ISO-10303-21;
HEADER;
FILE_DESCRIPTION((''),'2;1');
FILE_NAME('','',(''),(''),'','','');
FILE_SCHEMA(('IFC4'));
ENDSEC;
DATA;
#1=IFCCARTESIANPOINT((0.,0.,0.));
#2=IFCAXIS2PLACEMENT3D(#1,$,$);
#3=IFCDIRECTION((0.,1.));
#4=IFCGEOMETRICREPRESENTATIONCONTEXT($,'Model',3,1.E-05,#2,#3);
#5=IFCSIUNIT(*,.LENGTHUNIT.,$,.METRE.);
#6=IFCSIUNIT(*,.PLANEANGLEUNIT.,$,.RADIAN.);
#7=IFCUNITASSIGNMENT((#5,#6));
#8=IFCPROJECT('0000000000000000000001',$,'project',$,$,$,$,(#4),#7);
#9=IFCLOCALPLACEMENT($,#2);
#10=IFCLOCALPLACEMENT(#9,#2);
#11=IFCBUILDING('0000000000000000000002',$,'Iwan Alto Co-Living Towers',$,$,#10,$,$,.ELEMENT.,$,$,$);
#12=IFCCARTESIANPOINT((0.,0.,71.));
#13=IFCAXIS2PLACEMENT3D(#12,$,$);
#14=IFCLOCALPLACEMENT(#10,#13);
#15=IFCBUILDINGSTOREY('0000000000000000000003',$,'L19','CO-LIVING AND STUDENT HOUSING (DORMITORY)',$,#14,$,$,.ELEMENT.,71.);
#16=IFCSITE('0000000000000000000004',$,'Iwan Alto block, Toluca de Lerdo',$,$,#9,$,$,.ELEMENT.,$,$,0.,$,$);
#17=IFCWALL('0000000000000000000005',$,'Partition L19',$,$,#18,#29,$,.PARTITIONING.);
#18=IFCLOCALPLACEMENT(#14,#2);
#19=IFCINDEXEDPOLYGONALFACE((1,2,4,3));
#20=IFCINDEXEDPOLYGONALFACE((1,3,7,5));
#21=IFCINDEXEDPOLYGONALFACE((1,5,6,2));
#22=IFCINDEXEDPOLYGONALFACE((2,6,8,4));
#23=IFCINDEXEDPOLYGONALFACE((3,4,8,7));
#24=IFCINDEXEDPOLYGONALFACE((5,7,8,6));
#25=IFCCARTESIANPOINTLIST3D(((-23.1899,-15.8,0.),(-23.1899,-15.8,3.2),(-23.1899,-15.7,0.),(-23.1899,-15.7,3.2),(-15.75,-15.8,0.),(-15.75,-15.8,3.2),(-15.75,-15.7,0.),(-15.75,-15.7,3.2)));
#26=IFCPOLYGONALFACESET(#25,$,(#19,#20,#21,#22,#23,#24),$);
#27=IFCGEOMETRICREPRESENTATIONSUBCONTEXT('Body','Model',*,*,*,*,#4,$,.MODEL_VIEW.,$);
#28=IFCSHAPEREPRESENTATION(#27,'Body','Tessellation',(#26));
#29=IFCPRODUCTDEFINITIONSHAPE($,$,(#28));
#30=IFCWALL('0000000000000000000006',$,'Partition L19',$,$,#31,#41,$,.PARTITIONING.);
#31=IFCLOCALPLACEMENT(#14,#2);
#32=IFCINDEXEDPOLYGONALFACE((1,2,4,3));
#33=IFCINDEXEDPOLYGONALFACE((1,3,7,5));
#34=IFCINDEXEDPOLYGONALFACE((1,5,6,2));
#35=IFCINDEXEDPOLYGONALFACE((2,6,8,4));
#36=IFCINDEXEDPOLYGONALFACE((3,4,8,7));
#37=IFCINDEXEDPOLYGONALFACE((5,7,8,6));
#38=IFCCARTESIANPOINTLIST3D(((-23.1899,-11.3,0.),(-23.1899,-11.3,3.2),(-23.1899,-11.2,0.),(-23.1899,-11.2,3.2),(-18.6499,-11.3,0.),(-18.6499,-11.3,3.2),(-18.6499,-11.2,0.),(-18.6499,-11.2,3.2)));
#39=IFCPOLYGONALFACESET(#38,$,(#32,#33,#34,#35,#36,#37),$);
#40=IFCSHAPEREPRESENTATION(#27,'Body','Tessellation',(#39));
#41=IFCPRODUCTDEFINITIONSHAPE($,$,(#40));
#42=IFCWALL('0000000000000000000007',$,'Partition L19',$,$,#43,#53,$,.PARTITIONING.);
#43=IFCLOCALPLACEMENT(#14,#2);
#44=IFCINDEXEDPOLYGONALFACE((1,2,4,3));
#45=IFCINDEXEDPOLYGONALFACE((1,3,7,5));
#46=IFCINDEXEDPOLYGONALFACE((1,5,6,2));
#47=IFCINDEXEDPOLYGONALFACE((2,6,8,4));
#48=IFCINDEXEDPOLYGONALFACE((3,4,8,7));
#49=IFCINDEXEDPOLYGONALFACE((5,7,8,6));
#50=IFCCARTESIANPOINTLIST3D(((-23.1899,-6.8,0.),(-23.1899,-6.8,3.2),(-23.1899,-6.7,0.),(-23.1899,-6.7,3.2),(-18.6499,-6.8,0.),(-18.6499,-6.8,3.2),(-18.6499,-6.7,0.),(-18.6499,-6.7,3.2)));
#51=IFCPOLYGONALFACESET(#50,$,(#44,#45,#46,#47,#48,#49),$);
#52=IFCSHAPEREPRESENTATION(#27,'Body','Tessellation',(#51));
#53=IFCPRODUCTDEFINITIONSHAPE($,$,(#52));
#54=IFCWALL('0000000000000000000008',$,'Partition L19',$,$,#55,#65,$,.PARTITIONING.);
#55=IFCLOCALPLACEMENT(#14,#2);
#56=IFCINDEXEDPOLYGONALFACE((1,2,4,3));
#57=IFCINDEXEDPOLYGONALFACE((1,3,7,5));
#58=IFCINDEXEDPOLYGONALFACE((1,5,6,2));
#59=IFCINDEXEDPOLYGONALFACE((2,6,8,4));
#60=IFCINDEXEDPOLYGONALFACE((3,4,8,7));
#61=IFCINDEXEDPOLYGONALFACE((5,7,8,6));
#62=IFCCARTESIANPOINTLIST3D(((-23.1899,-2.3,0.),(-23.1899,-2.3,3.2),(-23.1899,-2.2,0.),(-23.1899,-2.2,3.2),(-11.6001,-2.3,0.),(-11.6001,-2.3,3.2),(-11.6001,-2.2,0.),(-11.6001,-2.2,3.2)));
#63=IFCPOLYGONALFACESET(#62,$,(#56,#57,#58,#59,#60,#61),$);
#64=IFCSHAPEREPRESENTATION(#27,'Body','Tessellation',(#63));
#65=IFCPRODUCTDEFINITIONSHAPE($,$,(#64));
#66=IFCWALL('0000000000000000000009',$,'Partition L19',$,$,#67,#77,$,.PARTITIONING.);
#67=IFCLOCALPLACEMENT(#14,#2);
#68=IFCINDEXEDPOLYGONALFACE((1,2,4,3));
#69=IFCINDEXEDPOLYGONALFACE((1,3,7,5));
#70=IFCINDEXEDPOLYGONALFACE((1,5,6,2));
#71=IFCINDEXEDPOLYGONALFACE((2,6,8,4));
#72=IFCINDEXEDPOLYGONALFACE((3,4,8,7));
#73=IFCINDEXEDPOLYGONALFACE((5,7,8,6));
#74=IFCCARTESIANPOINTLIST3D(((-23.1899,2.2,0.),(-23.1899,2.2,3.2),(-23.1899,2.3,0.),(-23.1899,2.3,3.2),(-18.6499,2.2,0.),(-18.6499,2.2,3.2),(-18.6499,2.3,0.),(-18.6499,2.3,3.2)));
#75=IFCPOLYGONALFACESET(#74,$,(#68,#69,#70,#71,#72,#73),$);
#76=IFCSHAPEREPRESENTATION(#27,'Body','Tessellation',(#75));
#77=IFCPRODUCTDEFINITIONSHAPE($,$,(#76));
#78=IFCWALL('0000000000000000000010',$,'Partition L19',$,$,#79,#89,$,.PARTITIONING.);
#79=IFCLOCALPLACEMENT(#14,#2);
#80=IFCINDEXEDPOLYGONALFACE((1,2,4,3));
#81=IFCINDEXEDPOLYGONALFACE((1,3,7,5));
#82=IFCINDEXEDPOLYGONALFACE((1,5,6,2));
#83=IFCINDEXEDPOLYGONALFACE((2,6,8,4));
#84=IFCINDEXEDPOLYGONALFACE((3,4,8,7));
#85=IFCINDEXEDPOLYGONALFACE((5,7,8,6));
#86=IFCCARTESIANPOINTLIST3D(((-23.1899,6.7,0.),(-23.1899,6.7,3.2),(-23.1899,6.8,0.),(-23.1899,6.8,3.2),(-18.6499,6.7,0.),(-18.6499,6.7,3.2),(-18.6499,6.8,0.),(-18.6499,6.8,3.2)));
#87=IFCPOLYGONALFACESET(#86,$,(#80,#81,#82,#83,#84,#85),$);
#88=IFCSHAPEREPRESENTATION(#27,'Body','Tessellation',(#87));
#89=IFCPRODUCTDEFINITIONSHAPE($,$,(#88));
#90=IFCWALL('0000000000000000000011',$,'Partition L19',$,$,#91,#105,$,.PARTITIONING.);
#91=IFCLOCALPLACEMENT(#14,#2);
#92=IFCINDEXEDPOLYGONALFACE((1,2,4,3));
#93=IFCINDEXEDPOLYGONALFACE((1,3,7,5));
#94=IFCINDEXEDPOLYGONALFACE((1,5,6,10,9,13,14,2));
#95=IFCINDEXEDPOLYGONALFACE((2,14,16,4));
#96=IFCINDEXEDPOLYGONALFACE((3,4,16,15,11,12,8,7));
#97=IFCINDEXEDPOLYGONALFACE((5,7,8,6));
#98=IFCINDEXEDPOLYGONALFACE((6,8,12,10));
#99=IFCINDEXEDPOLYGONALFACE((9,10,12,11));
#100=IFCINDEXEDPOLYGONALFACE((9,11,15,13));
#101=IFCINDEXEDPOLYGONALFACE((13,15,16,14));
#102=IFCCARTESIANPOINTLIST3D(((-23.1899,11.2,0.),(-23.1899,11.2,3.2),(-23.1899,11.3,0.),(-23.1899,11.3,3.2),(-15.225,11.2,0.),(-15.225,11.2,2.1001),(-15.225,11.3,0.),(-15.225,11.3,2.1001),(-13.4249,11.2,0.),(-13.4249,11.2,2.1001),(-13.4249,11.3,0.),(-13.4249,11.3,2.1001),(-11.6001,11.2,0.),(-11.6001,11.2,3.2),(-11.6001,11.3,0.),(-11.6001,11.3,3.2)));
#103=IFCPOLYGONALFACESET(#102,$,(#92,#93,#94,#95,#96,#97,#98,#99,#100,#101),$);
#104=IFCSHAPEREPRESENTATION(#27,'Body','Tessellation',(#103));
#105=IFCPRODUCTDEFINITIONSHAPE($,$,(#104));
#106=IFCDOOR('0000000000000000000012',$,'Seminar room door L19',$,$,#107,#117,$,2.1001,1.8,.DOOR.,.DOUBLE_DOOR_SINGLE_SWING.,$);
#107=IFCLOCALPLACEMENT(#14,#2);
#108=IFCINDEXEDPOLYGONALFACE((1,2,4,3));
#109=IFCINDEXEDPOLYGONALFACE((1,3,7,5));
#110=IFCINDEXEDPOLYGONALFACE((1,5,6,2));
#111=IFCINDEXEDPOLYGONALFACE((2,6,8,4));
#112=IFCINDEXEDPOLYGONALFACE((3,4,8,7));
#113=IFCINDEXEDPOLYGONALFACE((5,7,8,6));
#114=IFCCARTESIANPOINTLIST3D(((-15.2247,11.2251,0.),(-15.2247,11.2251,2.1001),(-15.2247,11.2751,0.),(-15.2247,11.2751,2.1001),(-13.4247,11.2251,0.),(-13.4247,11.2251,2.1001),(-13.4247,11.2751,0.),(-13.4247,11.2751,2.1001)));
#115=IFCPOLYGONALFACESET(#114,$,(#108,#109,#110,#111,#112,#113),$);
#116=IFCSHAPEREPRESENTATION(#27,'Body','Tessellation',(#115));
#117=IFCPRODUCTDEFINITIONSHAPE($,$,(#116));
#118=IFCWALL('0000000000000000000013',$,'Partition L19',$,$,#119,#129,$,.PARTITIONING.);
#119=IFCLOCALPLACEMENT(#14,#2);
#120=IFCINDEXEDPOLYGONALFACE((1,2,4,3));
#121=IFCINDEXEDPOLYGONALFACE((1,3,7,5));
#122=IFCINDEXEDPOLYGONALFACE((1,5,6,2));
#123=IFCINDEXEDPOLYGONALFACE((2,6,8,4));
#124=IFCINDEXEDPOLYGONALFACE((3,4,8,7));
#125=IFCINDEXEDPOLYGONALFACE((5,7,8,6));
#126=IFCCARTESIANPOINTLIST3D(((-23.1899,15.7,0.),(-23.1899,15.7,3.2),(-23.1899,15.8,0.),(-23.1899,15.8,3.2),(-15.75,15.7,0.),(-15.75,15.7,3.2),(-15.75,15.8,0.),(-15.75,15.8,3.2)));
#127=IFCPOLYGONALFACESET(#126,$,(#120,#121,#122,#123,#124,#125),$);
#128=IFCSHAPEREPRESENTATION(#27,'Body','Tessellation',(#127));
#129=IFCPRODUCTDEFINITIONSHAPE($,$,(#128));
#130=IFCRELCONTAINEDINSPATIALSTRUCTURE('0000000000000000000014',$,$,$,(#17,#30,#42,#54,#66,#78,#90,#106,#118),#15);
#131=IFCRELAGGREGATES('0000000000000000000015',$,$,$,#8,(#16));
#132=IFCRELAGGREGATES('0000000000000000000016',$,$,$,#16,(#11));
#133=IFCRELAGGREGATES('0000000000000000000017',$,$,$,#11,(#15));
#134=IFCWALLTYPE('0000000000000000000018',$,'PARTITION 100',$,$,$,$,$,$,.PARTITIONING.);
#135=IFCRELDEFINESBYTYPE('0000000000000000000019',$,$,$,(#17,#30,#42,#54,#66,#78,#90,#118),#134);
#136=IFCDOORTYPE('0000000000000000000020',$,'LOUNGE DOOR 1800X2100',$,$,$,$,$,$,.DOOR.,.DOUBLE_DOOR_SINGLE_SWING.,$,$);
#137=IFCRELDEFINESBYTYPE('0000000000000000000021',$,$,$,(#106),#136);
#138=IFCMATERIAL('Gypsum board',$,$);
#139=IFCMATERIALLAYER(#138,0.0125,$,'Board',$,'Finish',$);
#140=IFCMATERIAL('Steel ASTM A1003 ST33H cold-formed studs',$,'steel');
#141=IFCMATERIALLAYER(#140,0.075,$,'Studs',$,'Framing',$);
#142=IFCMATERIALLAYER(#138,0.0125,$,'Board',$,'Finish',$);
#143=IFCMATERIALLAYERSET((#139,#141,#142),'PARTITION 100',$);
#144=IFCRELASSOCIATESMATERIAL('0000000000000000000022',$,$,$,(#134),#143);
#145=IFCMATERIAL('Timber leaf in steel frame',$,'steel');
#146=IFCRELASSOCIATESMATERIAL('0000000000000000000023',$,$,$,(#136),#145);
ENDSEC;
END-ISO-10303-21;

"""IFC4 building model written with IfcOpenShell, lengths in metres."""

from ifc_helpers import new_model, si_unit, direction, frame, frame_2d, origin, place, context, subcontext, project, spatial, rectangle, extrude, material, layer, layer_set, type_object, element, fill, save


model = new_model("IFC4")

# Units and contexts
model_context = context("Model", 3, precision=1e-05, world=origin(), true_north=direction((0.0, 1.0)))
body_context = subcontext(model_context, "Body", "Model", "MODEL_VIEW")
ifc_project = project(units=[si_unit("LENGTHUNIT", "METRE"), si_unit("PLANEANGLEUNIT", "RADIAN")], contexts=[model_context])

# Site, building, storey
site_placement = place(None, origin())
site = spatial("IfcSite", under=ifc_project, at=site_placement, Name="Iwan Alto block, Toluca de Lerdo", CompositionType="ELEMENT", RefElevation=0.0)
building_placement = place(site_placement, origin())
building = spatial("IfcBuilding", under=site, at=building_placement, Name="Iwan Alto Co-Living Towers", CompositionType="ELEMENT")
storey_placement = place(building_placement, frame((0.0, 0.0, 71.0)))
storey = spatial("IfcBuildingStorey", under=building, at=storey_placement, Name="L19", Description="CO-LIVING AND STUDENT HOUSING (DORMITORY)", CompositionType="ELEMENT", Elevation=71.0)

# Walls
ifc_material_1 = material(Name="Gypsum board")
ifc_layer_1 = layer(ifc_material_1, 0.0125, Name="Board", Category="Finish")
ifc_material_2 = material(Name="Steel ASTM A1003 ST33H cold-formed studs", Category="steel")
ifc_layer_2 = layer(ifc_material_2, 0.075, Name="Studs", Category="Framing")
ifc_layer_3 = layer(ifc_material_1, 0.0125, Name="Board", Category="Finish")
ifc_layer_set = layer_set([ifc_layer_1, ifc_layer_2, ifc_layer_3], Name="PARTITION 100")
wall_type = type_object("IfcWallType", Name="PARTITION 100", PredefinedType="PARTITIONING", material=ifc_layer_set)
wall_1_placement = place(storey_placement, frame((-23.1899, -15.75, 0.0), z_axis=(0.0, 0.0, 1.0), x_axis=(1.0, 0.0, 0.0)))
element("IfcWall", 1, at=wall_1_placement, inside=storey, type_object=wall_type, Name="Partition L19", PredefinedType="PARTITIONING", context=body_context, shape_type="SweptSolid", body=[
    extrude(rectangle(XDim=7.4399, YDim=0.1001, at=frame_2d((3.72, 0.0))), origin(), (0.0, 0.0, 1.0), 3.2),
])
for number, where, z_axis, x_axis, name in (
    (2, (-23.1899, -11.25, 0.0), (0.0, 0.0, 1.0), (1.0, 0.0, 0.0), "Partition L19"),
    (3, (-23.1899, -6.75, 0.0), (0.0, 0.0, 1.0), (1.0, 0.0, 0.0), "Partition L19"),
):
    element("IfcWall", number, at=place(storey_placement, frame(where, z_axis=z_axis, x_axis=x_axis)), inside=storey, type_object=wall_type, Name=name, PredefinedType="PARTITIONING", context=body_context, shape_type="SweptSolid", body=[
        extrude(rectangle(XDim=4.54, YDim=0.1001, at=frame_2d((2.27, 0.0))), origin(), (0.0, 0.0, 1.0), 3.2),
    ])
wall_2_placement = place(storey_placement, frame((-23.1899, -2.25, 0.0), z_axis=(0.0, 0.0, 1.0), x_axis=(1.0, 0.0, 0.0)))
element("IfcWall", 4, at=wall_2_placement, inside=storey, type_object=wall_type, Name="Partition L19", PredefinedType="PARTITIONING", context=body_context, shape_type="SweptSolid", body=[
    extrude(rectangle(XDim=11.5898, YDim=0.1001, at=frame_2d((5.7949, 0.0))), origin(), (0.0, 0.0, 1.0), 3.2),
])
for number, where, z_axis, x_axis, name in (
    (5, (-23.1899, 2.25, 0.0), (0.0, 0.0, 1.0), (1.0, 0.0, 0.0), "Partition L19"),
    (6, (-23.1899, 6.75, 0.0), (0.0, 0.0, 1.0), (1.0, 0.0, 0.0), "Partition L19"),
):
    element("IfcWall", number, at=place(storey_placement, frame(where, z_axis=z_axis, x_axis=x_axis)), inside=storey, type_object=wall_type, Name=name, PredefinedType="PARTITIONING", context=body_context, shape_type="SweptSolid", body=[
        extrude(rectangle(XDim=4.54, YDim=0.1001, at=frame_2d((2.27, 0.0))), origin(), (0.0, 0.0, 1.0), 3.2),
    ])

# Wall, opening, door
wall_3_placement = place(storey_placement, frame((-23.1899, 11.25, 0.0), z_axis=(0.0, 0.0, 1.0), x_axis=(1.0, 0.0, 0.0)))
wall_3 = element("IfcWall", 7, at=wall_3_placement, inside=storey, type_object=wall_type, Name="Partition L19", PredefinedType="PARTITIONING", context=body_context, shape_type="SweptSolid", body=[
    extrude(rectangle(XDim=11.5898, YDim=0.1001, at=frame_2d((5.7949, 0.0))), origin(), (0.0, 0.0, 1.0), 3.2),
])
opening_placement = place(wall_3_placement, frame((7.9651, 0.0, 0.0)))
opening = element("IfcOpeningElement", 8, at=opening_placement, cuts=wall_3, PredefinedType="OPENING", context=body_context, shape_type="SweptSolid", body=[
    extrude(rectangle(XDim=1.8, YDim=2.1001, at=frame_2d((0.8999, 1.05))), frame((0.0, 0.0601, 0.0), z_axis=(0.0, -1.0, 0.0), x_axis=(1.0, 0.0, 0.0)), (0.0, 0.0, 1.0), 0.1201),
])
ifc_material_3 = material(Name="Timber leaf in steel frame", Category="steel")
door_type = type_object("IfcDoorType", Name="LOUNGE DOOR 1800X2100", OperationType="DOUBLE_DOOR_SINGLE_SWING", PredefinedType="DOOR", material=ifc_material_3)
door_placement = place(opening_placement, frame((1.8, 0.0, 0.0), z_axis=(0.0, 0.0, 1.0), x_axis=(-1.0, 0.0, 0.0)))
door = element("IfcDoor", 9, at=door_placement, inside=storey, type_object=door_type, Name="Seminar room door L19", OperationType="DOUBLE_DOOR_SINGLE_SWING", OverallHeight=2.1001, OverallWidth=1.8, PredefinedType="DOOR", context=body_context, shape_type="SweptSolid", body=[
    extrude(rectangle(XDim=1.8, YDim=2.1001, at=frame_2d((0.8999, 1.05))), frame((0.0, 0.0249, 0.0), z_axis=(0.0, -1.0, 0.0), x_axis=(1.0, 0.0, 0.0)), (0.0, 0.0, 1.0), 0.05),
])
fill(opening, door)

# Wall
wall_4_placement = place(storey_placement, frame((-23.1899, 15.75, 0.0), z_axis=(0.0, 0.0, 1.0), x_axis=(1.0, 0.0, 0.0)))
element("IfcWall", 10, at=wall_4_placement, inside=storey, type_object=wall_type, Name="Partition L19", PredefinedType="PARTITIONING", context=body_context, shape_type="SweptSolid", body=[
    extrude(rectangle(XDim=7.4399, YDim=0.1001, at=frame_2d((3.72, 0.0))), origin(), (0.0, 0.0, 1.0), 3.2),
])

save(model, "model.ifc")
